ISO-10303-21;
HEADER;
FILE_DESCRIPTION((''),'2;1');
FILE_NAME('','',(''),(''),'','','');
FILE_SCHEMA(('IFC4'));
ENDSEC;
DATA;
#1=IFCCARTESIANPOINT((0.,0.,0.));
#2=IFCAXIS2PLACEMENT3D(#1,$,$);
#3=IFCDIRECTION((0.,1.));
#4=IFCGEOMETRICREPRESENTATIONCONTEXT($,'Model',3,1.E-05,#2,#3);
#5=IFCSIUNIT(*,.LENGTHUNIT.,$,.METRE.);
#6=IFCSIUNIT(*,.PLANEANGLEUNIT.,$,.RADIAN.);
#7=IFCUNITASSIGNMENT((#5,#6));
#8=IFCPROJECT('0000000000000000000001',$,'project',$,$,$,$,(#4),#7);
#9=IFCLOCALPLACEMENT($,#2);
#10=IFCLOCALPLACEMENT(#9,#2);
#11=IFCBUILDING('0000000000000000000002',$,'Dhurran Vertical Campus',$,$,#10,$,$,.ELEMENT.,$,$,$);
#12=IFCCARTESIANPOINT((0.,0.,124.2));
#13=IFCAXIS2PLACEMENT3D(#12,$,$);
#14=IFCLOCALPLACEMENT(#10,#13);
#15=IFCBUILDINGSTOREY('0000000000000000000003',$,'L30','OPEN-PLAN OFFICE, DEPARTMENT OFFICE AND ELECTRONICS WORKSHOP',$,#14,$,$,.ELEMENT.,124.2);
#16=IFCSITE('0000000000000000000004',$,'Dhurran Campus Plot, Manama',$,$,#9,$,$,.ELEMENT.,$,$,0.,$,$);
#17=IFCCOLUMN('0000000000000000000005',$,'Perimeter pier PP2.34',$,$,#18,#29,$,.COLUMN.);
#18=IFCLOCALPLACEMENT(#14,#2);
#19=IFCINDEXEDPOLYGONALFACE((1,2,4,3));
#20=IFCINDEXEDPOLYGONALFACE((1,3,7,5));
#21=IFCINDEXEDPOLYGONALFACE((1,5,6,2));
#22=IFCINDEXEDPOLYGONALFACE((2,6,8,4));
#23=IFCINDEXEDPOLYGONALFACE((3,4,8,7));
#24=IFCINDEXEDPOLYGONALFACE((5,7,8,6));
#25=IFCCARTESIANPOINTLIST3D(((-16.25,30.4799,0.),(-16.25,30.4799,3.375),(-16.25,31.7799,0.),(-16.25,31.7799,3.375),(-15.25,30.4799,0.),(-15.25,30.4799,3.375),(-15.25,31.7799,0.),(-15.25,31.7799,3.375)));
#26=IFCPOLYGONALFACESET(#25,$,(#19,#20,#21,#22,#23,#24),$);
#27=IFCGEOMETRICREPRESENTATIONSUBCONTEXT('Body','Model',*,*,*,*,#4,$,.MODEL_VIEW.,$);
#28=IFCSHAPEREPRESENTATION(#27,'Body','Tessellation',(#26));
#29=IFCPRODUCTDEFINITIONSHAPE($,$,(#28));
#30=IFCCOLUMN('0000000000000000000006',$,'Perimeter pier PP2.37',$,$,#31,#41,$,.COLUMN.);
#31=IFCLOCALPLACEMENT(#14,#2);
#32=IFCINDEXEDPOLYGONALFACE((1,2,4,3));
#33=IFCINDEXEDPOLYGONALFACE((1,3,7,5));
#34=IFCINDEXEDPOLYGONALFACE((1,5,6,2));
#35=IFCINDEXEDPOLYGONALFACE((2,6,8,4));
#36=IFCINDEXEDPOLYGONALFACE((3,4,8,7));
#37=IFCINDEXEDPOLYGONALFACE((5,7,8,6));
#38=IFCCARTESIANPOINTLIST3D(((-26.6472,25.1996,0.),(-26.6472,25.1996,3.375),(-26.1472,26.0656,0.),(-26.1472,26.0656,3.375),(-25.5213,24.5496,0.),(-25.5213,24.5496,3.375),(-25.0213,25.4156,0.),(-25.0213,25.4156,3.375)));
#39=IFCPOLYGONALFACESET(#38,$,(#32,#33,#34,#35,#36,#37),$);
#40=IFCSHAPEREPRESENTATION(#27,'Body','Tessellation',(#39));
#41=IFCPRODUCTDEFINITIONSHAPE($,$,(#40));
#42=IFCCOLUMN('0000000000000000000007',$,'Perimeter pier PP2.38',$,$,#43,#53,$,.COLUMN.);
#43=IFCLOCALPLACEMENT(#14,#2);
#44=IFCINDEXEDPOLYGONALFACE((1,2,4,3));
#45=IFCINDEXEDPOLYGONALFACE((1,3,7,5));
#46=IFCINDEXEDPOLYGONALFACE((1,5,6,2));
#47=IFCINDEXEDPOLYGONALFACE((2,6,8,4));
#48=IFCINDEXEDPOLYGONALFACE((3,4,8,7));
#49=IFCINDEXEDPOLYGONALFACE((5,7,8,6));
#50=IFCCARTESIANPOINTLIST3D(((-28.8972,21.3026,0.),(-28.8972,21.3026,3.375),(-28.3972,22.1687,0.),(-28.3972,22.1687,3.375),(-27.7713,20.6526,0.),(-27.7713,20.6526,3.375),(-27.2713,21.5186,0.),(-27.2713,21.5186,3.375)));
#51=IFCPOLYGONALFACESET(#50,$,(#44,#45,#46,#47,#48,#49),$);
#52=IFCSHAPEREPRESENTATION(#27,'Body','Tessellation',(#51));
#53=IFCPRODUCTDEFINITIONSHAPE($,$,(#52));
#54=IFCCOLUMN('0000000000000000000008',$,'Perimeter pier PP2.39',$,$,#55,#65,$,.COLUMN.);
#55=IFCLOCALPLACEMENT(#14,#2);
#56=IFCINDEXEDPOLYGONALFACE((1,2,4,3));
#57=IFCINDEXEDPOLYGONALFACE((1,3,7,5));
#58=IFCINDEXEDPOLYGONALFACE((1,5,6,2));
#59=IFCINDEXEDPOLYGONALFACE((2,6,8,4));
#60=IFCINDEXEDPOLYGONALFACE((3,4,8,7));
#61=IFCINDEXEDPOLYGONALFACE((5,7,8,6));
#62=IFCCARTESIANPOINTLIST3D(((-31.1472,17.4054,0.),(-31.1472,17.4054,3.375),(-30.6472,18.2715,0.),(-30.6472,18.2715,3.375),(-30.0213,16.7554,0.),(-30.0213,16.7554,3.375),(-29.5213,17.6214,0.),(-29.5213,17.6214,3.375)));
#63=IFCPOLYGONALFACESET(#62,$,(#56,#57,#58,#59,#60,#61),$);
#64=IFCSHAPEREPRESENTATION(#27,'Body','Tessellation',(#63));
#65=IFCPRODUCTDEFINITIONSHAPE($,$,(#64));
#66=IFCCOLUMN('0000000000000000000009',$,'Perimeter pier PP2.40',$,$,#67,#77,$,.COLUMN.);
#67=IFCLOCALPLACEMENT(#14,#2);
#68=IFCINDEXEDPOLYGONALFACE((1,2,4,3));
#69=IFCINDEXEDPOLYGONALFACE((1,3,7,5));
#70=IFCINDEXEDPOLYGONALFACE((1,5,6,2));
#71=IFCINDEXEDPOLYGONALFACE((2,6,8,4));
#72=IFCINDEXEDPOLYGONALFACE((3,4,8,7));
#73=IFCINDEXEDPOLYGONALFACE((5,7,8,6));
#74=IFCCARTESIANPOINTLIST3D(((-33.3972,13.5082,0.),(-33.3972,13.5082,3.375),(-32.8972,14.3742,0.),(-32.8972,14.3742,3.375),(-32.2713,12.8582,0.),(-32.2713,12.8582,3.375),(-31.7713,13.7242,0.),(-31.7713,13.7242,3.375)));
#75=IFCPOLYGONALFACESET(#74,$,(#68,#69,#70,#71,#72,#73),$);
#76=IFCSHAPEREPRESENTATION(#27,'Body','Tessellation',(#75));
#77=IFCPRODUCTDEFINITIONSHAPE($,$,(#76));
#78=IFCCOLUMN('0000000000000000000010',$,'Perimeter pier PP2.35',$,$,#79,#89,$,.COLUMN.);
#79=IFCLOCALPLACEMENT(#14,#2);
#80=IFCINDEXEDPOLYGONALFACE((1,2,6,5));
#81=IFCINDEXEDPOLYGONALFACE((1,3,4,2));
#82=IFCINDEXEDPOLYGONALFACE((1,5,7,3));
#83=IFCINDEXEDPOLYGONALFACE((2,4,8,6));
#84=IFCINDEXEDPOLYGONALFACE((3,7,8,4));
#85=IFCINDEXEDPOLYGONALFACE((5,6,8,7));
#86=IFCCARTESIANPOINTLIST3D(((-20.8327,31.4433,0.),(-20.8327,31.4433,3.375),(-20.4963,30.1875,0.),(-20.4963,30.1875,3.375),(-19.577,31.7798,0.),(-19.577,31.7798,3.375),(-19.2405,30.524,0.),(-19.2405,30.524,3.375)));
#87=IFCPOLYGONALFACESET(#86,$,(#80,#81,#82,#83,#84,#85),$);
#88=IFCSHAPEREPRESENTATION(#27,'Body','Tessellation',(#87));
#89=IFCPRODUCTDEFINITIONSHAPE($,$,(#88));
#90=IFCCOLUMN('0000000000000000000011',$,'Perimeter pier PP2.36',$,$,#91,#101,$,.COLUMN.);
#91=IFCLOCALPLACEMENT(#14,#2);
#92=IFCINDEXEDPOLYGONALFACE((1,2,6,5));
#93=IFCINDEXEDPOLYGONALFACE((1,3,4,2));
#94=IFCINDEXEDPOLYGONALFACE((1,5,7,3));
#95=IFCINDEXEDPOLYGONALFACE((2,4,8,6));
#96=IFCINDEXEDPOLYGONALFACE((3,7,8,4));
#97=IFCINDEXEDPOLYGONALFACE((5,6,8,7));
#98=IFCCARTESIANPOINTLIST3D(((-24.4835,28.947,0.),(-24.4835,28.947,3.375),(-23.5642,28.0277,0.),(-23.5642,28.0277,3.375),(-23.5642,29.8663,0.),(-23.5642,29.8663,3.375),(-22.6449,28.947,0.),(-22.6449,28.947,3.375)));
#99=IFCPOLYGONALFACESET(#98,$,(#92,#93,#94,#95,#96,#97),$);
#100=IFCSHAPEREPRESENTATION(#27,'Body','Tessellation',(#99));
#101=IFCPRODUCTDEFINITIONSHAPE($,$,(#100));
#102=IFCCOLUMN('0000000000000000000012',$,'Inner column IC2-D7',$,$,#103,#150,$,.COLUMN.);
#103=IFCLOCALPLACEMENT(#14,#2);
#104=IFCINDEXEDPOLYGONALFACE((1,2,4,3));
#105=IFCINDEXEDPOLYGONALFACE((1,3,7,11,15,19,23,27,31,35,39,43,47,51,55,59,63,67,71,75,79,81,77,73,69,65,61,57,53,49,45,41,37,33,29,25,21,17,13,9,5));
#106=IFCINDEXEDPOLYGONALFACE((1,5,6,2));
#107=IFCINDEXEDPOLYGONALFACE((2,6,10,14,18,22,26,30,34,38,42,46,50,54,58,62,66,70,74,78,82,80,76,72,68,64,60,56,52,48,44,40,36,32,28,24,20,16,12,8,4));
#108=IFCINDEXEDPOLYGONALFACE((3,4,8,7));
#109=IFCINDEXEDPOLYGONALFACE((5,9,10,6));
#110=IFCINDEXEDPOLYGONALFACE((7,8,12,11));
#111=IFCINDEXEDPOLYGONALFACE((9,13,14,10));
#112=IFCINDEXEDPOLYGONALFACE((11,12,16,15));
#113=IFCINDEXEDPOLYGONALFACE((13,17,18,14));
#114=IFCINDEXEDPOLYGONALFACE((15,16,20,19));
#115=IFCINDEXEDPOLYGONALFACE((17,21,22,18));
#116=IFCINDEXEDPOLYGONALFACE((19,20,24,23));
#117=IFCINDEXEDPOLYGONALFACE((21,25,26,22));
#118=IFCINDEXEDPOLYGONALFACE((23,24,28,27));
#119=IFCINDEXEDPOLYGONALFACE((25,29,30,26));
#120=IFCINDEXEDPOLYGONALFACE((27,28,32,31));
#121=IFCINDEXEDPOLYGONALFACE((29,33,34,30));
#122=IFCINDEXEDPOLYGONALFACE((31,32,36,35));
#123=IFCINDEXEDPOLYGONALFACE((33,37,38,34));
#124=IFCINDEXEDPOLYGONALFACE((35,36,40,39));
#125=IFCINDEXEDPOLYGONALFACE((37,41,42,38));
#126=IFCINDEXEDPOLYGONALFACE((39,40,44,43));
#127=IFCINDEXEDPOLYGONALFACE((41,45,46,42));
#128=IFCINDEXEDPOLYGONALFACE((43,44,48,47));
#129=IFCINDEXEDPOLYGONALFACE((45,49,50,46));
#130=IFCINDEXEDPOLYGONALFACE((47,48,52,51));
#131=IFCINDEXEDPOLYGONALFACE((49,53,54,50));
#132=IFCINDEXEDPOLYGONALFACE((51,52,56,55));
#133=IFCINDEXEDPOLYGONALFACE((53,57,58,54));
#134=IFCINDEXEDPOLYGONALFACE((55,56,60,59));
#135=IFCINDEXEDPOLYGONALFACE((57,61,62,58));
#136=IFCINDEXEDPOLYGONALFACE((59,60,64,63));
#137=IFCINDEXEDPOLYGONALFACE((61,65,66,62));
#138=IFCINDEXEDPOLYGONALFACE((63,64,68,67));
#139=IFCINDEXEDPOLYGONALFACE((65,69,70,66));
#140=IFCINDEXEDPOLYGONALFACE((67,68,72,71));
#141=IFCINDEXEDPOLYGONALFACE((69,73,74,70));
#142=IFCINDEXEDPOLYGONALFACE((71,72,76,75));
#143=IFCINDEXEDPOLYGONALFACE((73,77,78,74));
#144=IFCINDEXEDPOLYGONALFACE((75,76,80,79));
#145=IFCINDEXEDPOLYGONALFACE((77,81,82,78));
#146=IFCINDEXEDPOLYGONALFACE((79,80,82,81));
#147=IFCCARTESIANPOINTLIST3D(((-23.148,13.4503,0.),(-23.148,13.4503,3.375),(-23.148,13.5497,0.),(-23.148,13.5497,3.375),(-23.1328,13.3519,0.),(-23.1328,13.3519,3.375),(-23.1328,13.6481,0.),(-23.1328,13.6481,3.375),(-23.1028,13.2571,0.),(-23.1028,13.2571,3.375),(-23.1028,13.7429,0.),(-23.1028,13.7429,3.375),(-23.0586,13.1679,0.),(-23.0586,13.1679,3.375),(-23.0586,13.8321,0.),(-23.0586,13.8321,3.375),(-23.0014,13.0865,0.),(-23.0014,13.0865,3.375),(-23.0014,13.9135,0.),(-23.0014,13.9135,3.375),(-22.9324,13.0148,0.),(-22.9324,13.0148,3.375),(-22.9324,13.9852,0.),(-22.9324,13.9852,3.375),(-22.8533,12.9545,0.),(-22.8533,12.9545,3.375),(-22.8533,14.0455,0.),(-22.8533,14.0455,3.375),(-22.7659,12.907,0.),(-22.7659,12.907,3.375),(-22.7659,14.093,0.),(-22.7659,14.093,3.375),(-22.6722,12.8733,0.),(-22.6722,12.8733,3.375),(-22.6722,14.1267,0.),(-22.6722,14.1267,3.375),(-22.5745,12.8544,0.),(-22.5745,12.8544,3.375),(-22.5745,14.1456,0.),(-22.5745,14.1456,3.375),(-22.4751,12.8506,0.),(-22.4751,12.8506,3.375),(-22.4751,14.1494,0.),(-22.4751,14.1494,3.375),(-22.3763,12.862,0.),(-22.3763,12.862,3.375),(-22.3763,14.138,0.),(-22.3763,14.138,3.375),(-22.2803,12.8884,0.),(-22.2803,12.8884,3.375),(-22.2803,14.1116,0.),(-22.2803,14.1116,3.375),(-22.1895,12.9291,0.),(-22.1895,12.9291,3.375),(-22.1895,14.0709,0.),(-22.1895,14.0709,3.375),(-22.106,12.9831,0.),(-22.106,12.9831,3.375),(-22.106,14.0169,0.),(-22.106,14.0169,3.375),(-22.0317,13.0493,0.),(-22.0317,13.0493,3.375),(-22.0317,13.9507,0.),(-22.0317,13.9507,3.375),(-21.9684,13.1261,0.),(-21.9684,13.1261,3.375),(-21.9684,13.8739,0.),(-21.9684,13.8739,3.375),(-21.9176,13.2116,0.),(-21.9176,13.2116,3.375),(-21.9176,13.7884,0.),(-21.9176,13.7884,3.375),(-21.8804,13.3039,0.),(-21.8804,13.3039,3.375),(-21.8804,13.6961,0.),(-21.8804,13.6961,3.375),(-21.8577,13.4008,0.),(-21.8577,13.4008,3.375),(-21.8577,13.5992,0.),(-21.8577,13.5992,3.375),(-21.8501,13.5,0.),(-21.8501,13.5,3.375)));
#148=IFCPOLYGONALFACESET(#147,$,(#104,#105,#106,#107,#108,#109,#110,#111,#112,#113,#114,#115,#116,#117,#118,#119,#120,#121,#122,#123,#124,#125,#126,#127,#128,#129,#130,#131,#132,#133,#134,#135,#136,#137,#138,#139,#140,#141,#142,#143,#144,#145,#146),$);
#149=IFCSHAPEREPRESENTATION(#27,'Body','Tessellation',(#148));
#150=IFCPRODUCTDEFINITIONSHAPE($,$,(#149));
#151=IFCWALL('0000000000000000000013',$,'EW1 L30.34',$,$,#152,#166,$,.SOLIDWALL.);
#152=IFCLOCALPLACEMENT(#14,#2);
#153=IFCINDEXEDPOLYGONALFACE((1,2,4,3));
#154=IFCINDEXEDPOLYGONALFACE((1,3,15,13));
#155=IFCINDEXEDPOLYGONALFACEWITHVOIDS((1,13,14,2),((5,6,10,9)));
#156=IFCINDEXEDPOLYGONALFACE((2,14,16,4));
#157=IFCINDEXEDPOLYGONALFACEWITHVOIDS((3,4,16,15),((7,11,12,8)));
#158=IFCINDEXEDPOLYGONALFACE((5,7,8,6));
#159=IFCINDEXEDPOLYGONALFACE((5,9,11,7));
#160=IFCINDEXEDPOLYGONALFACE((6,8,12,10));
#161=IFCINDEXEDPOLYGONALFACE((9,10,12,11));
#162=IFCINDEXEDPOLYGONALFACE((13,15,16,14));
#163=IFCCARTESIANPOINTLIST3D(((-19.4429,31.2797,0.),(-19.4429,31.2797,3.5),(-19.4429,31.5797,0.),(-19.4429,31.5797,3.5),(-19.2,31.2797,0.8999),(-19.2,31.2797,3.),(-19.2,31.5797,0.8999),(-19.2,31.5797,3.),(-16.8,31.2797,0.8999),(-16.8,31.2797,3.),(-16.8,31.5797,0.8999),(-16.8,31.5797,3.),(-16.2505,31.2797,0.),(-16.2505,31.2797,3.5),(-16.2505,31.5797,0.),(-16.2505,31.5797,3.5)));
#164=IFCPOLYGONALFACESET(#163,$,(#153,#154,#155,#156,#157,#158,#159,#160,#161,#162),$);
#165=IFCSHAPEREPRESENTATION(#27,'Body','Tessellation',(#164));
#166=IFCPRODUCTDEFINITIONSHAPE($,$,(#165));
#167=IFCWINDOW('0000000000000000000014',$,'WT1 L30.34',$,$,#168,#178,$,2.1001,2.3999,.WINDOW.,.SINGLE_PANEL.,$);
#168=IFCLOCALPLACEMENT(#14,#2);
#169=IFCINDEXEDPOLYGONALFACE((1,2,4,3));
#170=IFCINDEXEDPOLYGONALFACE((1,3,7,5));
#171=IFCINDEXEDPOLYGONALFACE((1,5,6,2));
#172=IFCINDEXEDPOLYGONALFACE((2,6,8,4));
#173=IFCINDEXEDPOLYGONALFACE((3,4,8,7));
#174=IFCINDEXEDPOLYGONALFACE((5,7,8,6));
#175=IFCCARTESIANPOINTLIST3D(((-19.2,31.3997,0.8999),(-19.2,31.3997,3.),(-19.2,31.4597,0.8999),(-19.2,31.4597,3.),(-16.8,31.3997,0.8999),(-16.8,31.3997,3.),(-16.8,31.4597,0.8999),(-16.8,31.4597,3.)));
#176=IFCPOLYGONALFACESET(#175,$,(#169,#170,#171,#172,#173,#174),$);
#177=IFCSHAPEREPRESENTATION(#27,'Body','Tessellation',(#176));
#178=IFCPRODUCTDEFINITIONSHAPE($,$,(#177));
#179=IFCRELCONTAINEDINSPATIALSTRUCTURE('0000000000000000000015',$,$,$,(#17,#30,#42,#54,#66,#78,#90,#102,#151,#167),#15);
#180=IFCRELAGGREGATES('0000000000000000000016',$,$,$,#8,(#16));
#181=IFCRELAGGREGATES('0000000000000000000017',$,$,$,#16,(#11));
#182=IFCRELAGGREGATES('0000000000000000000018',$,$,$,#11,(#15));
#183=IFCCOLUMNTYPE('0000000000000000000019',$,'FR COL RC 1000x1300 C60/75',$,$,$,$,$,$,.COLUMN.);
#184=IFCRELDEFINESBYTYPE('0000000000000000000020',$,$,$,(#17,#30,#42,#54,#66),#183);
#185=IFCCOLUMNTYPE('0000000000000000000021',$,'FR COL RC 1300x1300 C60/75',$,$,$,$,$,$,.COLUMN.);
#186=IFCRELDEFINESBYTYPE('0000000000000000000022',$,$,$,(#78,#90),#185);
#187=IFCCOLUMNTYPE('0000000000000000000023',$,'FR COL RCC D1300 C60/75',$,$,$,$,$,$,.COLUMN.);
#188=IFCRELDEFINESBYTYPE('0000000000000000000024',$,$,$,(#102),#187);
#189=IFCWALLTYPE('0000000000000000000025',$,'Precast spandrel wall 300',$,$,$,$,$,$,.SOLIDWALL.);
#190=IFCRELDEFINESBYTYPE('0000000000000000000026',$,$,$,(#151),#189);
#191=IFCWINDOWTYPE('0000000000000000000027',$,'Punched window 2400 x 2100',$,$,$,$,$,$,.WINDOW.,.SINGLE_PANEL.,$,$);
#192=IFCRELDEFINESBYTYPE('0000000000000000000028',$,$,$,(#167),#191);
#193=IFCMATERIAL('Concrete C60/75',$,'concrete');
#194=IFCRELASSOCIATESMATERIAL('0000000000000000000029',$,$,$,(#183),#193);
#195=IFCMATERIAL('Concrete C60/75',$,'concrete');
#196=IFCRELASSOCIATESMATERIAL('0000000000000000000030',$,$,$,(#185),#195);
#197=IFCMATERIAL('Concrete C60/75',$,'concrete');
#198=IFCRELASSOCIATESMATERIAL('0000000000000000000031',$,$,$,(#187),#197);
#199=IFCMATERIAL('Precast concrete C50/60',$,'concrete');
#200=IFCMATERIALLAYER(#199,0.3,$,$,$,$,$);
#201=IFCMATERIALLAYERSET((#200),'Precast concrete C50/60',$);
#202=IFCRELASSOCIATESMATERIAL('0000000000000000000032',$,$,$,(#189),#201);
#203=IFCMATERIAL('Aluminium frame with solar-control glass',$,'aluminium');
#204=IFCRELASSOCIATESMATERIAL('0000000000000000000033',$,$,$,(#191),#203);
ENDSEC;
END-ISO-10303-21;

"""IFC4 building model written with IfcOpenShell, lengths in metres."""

from ifc_helpers import new_model, si_unit, direction, frame, frame_2d, origin, origin_2d, place, context, subcontext, project, spatial, rectangle, circle, extrude, material, layer, layer_set, material_profile, profile_set, type_object, element, fill, save


model = new_model("IFC4")

# Units and contexts
model_context = context("Model", 3, precision=1e-05, world=origin(), true_north=direction((0.0, 1.0)))
body_context = subcontext(model_context, "Body", "Model", "MODEL_VIEW")
ifc_project = project(units=[si_unit("LENGTHUNIT", "METRE"), si_unit("PLANEANGLEUNIT", "RADIAN")], contexts=[model_context])

# Site, building, storey
site_placement = place(None, origin())
site = spatial("IfcSite", under=ifc_project, at=site_placement, Name="Dhurran Campus Plot, Manama", CompositionType="ELEMENT", RefElevation=0.0)
building_placement = place(site_placement, origin())
building = spatial("IfcBuilding", under=site, at=building_placement, Name="Dhurran Vertical Campus", CompositionType="ELEMENT")
storey_placement = place(building_placement, frame((0.0, 0.0, 124.2)))
storey = spatial("IfcBuildingStorey", under=building, at=storey_placement, Name="L30", Description="OPEN-PLAN OFFICE, DEPARTMENT OFFICE AND ELECTRONICS WORKSHOP", CompositionType="ELEMENT", Elevation=124.2)

# Columns
ifc_material_1 = material(Name="Concrete C60/75", Category="concrete")
ifc_material_profile_1 = material_profile(ifc_material_1, rectangle(XDim=1.0, YDim=1.3, at=origin_2d()), Name="RC 1000x1300")
ifc_profile_set_1 = profile_set([ifc_material_profile_1], Name="Concrete C60/75")
column_type_1 = type_object("IfcColumnType", Name="FR COL RC 1000x1300 C60/75", PredefinedType="COLUMN", material=ifc_profile_set_1)
for number, where, z_axis, x_axis, name in (
    (1, (-15.75, 31.1299, 0.0), (0.0, 0.0, 1.0), (-1.0, 0.0, 0.0), "Perimeter pier PP2.34"),
    (2, (-25.8342, 25.3076, 0.0), (0.0, 0.0, 1.0), (-0.5, -0.866025, 0.0), "Perimeter pier PP2.37"),
    (3, (-28.0842, 21.4106, 0.0), (0.0, 0.0, 1.0), (-0.5, -0.866025, 0.0), "Perimeter pier PP2.38"),
    (4, (-30.3342, 17.5134, 0.0), (0.0, 0.0, 1.0), (-0.5, -0.866025, 0.0), "Perimeter pier PP2.39"),
    (5, (-32.5842, 13.6162, 0.0), (0.0, 0.0, 1.0), (-0.5, -0.866025, 0.0), "Perimeter pier PP2.40"),
):
    element("IfcColumn", number, at=place(storey_placement, frame(where, z_axis=z_axis, x_axis=x_axis)), inside=storey, type_object=column_type_1, Name=name, PredefinedType="COLUMN", context=body_context, shape_type="SweptSolid", body=[
        extrude(rectangle(XDim=1.0, YDim=1.3, at=origin_2d()), origin(), (0.0, 0.0, 1.0), 3.375),
    ])
ifc_material_2 = material(Name="Concrete C60/75", Category="concrete")
ifc_material_profile_2 = material_profile(ifc_material_2, rectangle(XDim=1.3, YDim=1.3, at=origin_2d()), Name="RC 1300x1300")
ifc_profile_set_2 = profile_set([ifc_material_profile_2], Name="Concrete C60/75")
column_type_2 = type_object("IfcColumnType", Name="FR COL RC 1300x1300 C60/75", PredefinedType="COLUMN", material=ifc_profile_set_2)
for number, where, z_axis, x_axis, name in (
    (6, (-20.0366, 30.9836, 0.0), (0.0, 0.0, 1.0), (-0.965926, -0.258819, 0.0), "Perimeter pier PP2.35"),
    (7, (-23.5642, 28.947, 0.0), (0.0, 0.0, 1.0), (-0.707107, -0.707107, 0.0), "Perimeter pier PP2.36"),
):
    element("IfcColumn", number, at=place(storey_placement, frame(where, z_axis=z_axis, x_axis=x_axis)), inside=storey, type_object=column_type_2, Name=name, PredefinedType="COLUMN", context=body_context, shape_type="SweptSolid", body=[
        extrude(rectangle(XDim=1.3, YDim=1.3, at=origin_2d()), origin(), (0.0, 0.0, 1.0), 3.375),
    ])
ifc_material_3 = material(Name="Concrete C60/75", Category="concrete")
ifc_material_profile_3 = material_profile(ifc_material_3, circle(Radius=0.6499, at=origin_2d()), Name="RCC D1300")
ifc_profile_set_3 = profile_set([ifc_material_profile_3], Name="Concrete C60/75")
column_type_3 = type_object("IfcColumnType", Name="FR COL RCC D1300 C60/75", PredefinedType="COLUMN", material=ifc_profile_set_3)
column_placement = place(storey_placement, frame((-22.5, 13.5, 0.0), z_axis=(0.0, 0.0, 1.0), x_axis=(1.0, 0.0, 0.0)))
element("IfcColumn", 8, at=column_placement, inside=storey, type_object=column_type_3, Name="Inner column IC2-D7", PredefinedType="COLUMN", context=body_context, shape_type="SweptSolid", body=[
    extrude(circle(Radius=0.6499, at=origin_2d()), origin(), (0.0, 0.0, 1.0), 3.375),
])

# Wall, opening, window
ifc_material_4 = material(Name="Precast concrete C50/60", Category="concrete")
ifc_layer_1 = layer(ifc_material_4, 0.3)
ifc_layer_set_1 = layer_set([ifc_layer_1], Name="Precast concrete C50/60")
wall_type_1 = type_object("IfcWallType", Name="Precast spandrel wall 300", PredefinedType="SOLIDWALL", material=ifc_layer_set_1)
wall_1_placement = place(storey_placement, frame((-16.2505, 31.4297, 0.0), z_axis=(0.0, 0.0, 1.0), x_axis=(-1.0, 0.0, 0.0)))
wall_1 = element("IfcWall", 9, at=wall_1_placement, inside=storey, type_object=wall_type_1, Name="EW1 L30.34", PredefinedType="SOLIDWALL", context=body_context, shape_type="SweptSolid", body=[
    extrude(rectangle(XDim=3.1924, YDim=0.3, at=frame_2d((1.5962, 0.0))), origin(), (0.0, 0.0, 1.0), 3.5),
])
opening_1_placement = place(wall_1_placement, frame((0.5496, 0.0, 0.8999)))
opening_1 = element("IfcOpeningElement", 10, at=opening_1_placement, cuts=wall_1, PredefinedType="OPENING", context=body_context, shape_type="SweptSolid", body=[
    extrude(rectangle(XDim=2.3999, YDim=2.1001, at=frame_2d((1.2, 1.05))), frame((0.0, 0.1599, 0.0), z_axis=(0.0, -1.0, 0.0), x_axis=(1.0, 0.0, 0.0)), (0.0, 0.0, 1.0), 0.3201),
])
ifc_material_5 = material(Name="Aluminium frame with solar-control glass", Category="aluminium")
window_type = type_object("IfcWindowType", Name="Punched window 2400 x 2100", PartitioningType="SINGLE_PANEL", PredefinedType="WINDOW", material=ifc_material_5)
window_1_placement = place(opening_1_placement, origin())
window_1 = element("IfcWindow", 11, at=window_1_placement, inside=storey, type_object=window_type, Name="WT1 L30.34", OverallHeight=2.1001, OverallWidth=2.3999, PartitioningType="SINGLE_PANEL", PredefinedType="WINDOW", context=body_context, shape_type="SweptSolid", body=[
    extrude(rectangle(XDim=2.3999, YDim=2.1001, at=frame_2d((1.2, 1.05))), frame((0.0, 0.03, 0.0), z_axis=(0.0, -1.0, 0.0), x_axis=(1.0, 0.0, 0.0)), (0.0, 0.0, 1.0), 0.0601),
])
fill(opening_1, window_1)

save(model, "model.ifc")
